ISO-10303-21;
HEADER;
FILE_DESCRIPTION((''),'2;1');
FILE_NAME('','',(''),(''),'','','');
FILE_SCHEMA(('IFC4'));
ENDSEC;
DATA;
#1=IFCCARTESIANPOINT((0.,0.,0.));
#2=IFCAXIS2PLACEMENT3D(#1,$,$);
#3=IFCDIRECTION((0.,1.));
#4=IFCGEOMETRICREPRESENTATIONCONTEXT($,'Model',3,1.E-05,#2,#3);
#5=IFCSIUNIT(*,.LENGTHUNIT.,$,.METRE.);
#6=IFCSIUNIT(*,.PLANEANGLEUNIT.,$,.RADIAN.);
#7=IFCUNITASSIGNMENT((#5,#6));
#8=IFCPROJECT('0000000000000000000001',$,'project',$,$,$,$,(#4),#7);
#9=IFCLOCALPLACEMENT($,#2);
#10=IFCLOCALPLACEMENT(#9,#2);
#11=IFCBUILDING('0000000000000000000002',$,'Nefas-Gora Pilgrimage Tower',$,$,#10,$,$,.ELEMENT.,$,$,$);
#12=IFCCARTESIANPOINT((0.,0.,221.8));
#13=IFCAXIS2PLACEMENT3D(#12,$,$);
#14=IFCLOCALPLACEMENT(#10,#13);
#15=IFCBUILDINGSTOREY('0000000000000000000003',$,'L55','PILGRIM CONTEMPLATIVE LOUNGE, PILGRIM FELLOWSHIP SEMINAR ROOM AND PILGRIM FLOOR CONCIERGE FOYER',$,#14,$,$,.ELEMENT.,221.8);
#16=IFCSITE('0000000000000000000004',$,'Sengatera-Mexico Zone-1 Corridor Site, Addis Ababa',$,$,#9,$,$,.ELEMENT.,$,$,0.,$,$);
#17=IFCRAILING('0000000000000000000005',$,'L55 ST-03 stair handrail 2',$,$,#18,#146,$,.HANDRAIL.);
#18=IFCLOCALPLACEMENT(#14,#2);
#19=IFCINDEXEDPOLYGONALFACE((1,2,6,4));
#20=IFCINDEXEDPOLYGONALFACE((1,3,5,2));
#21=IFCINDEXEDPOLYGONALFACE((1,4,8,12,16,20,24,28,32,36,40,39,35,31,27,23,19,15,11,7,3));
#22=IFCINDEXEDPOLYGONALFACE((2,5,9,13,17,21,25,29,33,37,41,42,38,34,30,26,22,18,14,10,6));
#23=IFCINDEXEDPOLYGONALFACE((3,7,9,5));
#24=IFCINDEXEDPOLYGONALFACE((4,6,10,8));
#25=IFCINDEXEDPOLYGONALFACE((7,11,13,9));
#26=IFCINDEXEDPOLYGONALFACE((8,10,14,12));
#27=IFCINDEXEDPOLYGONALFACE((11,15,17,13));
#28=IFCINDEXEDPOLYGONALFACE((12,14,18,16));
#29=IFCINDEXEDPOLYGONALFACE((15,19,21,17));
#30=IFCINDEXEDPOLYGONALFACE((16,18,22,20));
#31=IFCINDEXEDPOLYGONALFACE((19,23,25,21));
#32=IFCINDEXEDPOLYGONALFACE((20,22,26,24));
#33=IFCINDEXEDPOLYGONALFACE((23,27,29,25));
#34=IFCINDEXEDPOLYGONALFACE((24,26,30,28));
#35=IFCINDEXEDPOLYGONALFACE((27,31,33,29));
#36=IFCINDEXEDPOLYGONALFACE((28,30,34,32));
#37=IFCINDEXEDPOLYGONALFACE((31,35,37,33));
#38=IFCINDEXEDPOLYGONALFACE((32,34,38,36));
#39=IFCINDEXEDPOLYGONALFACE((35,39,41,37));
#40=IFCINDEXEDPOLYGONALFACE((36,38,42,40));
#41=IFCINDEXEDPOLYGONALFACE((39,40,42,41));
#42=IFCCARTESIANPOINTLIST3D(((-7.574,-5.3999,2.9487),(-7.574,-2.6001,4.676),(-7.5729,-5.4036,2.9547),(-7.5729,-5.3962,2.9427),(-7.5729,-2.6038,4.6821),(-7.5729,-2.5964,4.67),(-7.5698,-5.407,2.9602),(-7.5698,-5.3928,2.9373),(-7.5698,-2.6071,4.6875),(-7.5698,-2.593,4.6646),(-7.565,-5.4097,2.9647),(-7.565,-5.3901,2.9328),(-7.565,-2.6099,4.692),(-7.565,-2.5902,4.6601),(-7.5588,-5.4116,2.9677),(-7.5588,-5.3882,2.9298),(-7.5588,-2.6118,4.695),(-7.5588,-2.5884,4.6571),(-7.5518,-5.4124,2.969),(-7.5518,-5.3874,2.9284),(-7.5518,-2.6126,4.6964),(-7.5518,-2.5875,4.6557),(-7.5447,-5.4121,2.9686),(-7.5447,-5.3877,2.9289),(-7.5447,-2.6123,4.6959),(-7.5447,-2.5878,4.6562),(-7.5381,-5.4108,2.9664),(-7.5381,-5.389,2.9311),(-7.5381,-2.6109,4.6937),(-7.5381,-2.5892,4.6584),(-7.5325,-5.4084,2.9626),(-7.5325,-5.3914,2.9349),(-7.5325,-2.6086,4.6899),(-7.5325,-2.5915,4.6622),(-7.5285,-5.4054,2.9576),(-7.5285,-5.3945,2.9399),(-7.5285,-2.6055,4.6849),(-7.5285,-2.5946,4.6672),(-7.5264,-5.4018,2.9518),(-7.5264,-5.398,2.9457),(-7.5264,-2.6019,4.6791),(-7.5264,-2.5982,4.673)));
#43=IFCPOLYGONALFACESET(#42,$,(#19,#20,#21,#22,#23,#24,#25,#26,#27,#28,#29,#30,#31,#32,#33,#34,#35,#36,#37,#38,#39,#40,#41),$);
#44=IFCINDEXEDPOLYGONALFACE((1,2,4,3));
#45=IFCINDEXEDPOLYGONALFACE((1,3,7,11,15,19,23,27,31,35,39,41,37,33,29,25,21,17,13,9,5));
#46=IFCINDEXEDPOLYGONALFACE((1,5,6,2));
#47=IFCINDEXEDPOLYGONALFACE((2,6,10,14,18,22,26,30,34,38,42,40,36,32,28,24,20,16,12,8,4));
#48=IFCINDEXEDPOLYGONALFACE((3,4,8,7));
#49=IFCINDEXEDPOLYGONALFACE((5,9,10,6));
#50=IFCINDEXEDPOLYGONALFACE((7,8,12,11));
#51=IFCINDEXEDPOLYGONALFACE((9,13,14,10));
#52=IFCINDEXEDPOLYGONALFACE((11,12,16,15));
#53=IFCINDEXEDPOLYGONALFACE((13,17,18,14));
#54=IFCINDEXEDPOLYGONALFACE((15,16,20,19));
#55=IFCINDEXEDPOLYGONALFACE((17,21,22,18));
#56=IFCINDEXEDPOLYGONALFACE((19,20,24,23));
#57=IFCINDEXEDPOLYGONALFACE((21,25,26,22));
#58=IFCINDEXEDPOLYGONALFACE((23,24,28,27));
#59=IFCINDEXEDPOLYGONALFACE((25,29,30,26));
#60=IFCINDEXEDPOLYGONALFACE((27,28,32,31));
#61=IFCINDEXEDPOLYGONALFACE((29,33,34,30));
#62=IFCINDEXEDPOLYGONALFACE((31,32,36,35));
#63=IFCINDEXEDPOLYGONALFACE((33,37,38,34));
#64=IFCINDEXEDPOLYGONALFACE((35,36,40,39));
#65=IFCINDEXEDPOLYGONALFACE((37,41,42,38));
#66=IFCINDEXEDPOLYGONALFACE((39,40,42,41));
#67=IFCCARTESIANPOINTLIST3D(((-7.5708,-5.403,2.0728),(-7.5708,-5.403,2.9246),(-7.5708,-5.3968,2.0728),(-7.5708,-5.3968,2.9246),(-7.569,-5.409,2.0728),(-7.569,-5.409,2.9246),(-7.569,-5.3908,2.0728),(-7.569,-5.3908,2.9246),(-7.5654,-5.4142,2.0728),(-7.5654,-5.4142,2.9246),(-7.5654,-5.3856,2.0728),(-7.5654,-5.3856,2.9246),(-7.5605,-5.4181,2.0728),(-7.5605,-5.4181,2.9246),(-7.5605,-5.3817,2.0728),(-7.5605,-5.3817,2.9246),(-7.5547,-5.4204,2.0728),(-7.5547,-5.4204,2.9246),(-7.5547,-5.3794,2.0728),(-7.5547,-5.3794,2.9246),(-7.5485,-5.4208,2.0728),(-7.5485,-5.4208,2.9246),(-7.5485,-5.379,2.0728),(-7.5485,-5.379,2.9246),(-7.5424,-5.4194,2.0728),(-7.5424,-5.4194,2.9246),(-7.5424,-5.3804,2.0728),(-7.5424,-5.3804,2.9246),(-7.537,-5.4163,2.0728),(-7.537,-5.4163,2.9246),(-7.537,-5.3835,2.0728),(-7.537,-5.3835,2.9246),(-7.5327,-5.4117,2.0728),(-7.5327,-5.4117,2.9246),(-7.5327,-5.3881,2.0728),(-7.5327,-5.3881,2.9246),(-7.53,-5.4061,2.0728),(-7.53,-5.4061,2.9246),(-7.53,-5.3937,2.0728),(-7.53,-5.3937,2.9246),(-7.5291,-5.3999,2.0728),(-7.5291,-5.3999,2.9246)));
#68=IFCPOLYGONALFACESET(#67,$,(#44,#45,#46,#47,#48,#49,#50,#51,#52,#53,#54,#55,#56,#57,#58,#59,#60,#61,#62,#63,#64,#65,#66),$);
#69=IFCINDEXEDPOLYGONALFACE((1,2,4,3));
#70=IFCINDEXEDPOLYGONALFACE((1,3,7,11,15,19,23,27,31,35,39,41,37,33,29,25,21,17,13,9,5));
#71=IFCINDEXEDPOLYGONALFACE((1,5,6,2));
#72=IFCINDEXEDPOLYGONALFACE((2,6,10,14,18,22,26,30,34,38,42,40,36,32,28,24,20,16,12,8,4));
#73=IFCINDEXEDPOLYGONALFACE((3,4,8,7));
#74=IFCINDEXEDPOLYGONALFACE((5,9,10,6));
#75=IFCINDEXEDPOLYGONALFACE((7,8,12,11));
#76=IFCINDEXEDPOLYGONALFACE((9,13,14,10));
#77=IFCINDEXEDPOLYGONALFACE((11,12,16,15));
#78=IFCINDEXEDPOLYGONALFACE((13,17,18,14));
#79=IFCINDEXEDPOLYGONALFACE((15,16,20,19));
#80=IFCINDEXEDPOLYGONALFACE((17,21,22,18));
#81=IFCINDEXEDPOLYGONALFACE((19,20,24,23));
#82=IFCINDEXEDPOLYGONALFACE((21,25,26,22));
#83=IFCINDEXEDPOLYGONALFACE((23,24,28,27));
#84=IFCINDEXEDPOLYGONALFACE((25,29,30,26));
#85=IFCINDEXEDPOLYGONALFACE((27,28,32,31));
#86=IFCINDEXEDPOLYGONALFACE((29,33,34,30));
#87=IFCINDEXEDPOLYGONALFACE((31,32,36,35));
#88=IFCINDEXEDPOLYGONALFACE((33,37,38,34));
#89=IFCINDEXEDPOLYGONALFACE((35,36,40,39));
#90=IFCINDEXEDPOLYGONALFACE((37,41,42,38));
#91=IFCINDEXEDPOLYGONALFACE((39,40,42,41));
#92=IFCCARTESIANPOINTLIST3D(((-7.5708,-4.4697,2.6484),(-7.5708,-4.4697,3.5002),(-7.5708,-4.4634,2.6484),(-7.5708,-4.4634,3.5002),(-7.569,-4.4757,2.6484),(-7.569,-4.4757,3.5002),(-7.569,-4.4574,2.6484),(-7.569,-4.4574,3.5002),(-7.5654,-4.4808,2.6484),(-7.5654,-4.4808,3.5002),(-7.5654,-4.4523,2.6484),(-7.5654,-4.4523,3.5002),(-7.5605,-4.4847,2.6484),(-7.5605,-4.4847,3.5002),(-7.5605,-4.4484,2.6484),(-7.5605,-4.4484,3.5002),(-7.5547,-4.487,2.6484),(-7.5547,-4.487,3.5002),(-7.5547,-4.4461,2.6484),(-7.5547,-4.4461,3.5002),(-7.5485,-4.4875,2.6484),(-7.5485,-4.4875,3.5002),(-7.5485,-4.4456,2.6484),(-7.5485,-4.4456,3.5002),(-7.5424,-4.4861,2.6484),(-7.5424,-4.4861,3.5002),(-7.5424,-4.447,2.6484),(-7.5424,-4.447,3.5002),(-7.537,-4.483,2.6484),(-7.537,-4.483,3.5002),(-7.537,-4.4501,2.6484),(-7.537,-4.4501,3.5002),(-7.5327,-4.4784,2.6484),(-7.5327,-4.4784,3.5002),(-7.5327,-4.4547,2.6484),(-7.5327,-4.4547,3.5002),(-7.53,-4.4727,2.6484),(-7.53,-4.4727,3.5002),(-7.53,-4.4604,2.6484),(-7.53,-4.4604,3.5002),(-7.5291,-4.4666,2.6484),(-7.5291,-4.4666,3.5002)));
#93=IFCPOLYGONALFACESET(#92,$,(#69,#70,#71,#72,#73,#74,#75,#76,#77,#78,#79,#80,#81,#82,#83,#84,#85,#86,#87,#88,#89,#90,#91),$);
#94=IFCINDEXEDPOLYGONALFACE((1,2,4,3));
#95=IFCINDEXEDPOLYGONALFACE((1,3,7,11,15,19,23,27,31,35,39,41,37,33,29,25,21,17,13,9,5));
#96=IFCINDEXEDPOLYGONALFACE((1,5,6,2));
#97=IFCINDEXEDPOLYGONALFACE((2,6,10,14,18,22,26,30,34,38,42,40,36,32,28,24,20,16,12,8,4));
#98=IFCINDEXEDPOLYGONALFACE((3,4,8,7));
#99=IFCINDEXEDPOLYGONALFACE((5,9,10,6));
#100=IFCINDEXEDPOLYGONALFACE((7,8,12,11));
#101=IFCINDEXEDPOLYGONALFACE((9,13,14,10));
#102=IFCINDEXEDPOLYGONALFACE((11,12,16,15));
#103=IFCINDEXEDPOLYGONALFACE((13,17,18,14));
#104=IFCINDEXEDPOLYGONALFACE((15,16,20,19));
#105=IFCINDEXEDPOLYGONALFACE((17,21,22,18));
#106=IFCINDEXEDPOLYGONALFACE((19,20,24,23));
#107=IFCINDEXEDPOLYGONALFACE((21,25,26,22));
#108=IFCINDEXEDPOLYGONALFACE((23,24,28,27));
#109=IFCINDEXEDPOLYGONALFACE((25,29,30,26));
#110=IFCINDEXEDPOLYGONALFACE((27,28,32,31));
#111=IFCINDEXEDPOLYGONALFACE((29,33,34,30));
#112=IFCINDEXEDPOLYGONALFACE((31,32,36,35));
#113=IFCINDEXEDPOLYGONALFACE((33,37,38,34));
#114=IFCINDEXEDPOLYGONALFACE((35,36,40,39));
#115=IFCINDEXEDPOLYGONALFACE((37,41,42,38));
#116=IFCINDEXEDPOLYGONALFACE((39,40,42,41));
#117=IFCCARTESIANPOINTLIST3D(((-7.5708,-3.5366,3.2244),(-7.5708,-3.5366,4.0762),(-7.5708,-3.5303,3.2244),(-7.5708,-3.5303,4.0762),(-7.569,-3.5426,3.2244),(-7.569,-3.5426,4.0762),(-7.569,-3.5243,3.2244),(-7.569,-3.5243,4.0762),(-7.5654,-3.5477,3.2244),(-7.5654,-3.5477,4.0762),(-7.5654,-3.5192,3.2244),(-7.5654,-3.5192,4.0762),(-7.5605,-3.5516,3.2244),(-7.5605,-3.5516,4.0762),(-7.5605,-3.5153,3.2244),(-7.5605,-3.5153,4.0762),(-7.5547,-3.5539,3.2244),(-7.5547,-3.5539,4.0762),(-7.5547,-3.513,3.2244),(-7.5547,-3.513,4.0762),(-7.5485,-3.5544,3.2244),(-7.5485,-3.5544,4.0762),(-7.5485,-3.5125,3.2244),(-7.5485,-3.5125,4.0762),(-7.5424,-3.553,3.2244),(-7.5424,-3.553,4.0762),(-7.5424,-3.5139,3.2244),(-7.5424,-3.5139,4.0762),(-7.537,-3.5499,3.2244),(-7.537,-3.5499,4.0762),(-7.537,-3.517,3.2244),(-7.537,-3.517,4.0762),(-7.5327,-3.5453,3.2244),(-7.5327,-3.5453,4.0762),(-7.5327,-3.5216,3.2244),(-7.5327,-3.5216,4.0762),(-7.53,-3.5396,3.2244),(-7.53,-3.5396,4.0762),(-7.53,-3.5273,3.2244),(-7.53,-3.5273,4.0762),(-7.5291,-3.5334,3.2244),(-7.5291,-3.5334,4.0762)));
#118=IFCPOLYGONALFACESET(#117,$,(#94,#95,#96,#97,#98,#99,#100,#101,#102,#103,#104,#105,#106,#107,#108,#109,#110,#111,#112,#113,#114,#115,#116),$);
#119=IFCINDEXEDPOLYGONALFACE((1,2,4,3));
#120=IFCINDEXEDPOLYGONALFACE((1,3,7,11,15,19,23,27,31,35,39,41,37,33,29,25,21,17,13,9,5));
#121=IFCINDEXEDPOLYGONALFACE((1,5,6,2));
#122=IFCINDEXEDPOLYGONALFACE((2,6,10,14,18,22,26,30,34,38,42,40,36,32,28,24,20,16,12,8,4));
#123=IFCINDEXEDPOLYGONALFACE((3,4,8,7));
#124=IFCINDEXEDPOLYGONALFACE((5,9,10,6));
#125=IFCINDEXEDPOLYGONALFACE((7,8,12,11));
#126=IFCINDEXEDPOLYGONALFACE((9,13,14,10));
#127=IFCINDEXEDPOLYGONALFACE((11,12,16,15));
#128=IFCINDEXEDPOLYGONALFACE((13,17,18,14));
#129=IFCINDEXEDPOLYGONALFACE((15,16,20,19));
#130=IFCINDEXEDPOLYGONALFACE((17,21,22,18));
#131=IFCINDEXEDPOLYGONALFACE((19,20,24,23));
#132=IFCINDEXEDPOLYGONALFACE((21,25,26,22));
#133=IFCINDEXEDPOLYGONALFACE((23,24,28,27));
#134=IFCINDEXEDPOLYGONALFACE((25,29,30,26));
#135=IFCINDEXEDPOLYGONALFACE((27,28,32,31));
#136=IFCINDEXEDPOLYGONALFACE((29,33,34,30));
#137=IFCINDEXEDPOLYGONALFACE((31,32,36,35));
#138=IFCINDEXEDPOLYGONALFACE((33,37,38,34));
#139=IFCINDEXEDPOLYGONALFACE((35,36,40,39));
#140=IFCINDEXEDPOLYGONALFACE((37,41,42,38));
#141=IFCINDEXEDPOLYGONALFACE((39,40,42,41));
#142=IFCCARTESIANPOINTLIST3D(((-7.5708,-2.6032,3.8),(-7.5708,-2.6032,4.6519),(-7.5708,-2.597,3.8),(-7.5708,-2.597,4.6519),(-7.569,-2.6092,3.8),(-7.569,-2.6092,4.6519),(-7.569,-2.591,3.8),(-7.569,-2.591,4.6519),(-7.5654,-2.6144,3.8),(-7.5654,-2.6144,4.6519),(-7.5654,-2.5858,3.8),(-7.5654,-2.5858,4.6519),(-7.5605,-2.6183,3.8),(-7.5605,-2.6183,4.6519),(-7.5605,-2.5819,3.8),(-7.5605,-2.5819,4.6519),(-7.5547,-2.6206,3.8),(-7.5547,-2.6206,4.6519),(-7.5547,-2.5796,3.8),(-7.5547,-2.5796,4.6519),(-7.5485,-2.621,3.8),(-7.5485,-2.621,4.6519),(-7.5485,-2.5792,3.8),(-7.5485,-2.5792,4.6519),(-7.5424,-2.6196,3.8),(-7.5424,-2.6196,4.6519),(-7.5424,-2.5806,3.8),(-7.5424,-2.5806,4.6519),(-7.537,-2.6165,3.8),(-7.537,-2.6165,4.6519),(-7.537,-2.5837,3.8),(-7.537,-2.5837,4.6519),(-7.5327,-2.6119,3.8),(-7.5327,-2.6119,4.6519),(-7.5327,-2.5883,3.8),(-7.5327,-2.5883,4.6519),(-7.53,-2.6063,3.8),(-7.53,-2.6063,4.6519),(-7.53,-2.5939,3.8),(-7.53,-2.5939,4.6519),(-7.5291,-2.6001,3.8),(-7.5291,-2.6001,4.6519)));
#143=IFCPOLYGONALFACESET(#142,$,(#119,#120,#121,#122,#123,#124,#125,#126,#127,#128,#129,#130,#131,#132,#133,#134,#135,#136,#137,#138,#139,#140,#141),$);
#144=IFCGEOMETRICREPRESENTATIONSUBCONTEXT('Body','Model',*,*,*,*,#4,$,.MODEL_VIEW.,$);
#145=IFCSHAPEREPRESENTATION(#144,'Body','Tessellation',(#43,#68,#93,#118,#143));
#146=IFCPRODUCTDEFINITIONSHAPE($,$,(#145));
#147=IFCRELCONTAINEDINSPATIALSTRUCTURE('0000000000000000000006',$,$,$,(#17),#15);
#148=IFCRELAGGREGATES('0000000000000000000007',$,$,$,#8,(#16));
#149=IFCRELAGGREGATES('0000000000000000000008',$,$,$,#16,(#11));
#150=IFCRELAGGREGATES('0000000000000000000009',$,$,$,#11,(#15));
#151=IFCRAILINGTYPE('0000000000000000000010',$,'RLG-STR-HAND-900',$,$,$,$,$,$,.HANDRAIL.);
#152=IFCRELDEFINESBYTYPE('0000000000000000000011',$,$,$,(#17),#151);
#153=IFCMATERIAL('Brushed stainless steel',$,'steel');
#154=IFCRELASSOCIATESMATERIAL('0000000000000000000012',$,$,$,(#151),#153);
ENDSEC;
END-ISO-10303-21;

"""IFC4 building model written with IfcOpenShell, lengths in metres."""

from ifc_helpers import new_model, si_unit, direction, frame, origin, origin_2d, place, context, subcontext, project, spatial, circle, extrude, material, type_object, element, save


model = new_model("IFC4")

# Units and contexts
model_context = context("Model", 3, precision=1e-05, world=origin(), true_north=direction((0.0, 1.0)))
body_context = subcontext(model_context, "Body", "Model", "MODEL_VIEW")
ifc_project = project(units=[si_unit("LENGTHUNIT", "METRE"), si_unit("PLANEANGLEUNIT", "RADIAN")], contexts=[model_context])

# Site, building, storey
site_placement = place(None, origin())
site = spatial("IfcSite", under=ifc_project, at=site_placement, Name="Sengatera-Mexico Zone-1 Corridor Site, Addis Ababa", CompositionType="ELEMENT", RefElevation=0.0)
building_placement = place(site_placement, origin())
building = spatial("IfcBuilding", under=site, at=building_placement, Name="Nefas-Gora Pilgrimage Tower", CompositionType="ELEMENT")
storey_placement = place(building_placement, frame((0.0, 0.0, 221.8)))
storey = spatial("IfcBuildingStorey", under=building, at=storey_placement, Name="L55", Description="PILGRIM CONTEMPLATIVE LOUNGE, PILGRIM FELLOWSHIP SEMINAR ROOM AND PILGRIM FLOOR CONCIERGE FOYER", CompositionType="ELEMENT", Elevation=221.8)

# Railing
ifc_material_1 = material(Name="Brushed stainless steel", Category="steel")
railing_type_1 = type_object("IfcRailingType", Name="RLG-STR-HAND-900", PredefinedType="HANDRAIL", material=ifc_material_1)
railing_1_placement = place(storey_placement, frame((-7.55, -5.3999, 2.0728)))
element("IfcRailing", 1, at=railing_1_placement, inside=storey, type_object=railing_type_1, Name="L55 ST-03 stair handrail 2", PredefinedType="HANDRAIL", context=body_context, shape_type="SweptSolid", body=[
    extrude(circle(Radius=0.0239, at=origin_2d()), frame((0.0, 0.0, 0.876), z_axis=(0.0, 0.851069, 0.525054), x_axis=(-1.0, 0.0, 0.0)), (0.0, 0.0, 1.0), 3.2898),
    extrude(circle(Radius=0.021, at=origin_2d()), origin(), (0.0, 0.0, 1.0), 0.8518),
    extrude(circle(Radius=0.021, at=origin_2d()), frame((0.0, 0.9333, 0.5757)), (0.0, 0.0, 1.0), 0.8518),
    extrude(circle(Radius=0.021, at=origin_2d()), frame((0.0, 1.8665, 1.1516)), (0.0, 0.0, 1.0), 0.8518),
    extrude(circle(Radius=0.021, at=origin_2d()), frame((0.0, 2.7998, 1.7273)), (0.0, 0.0, 1.0), 0.8518),
])

save(model, "model.ifc")
